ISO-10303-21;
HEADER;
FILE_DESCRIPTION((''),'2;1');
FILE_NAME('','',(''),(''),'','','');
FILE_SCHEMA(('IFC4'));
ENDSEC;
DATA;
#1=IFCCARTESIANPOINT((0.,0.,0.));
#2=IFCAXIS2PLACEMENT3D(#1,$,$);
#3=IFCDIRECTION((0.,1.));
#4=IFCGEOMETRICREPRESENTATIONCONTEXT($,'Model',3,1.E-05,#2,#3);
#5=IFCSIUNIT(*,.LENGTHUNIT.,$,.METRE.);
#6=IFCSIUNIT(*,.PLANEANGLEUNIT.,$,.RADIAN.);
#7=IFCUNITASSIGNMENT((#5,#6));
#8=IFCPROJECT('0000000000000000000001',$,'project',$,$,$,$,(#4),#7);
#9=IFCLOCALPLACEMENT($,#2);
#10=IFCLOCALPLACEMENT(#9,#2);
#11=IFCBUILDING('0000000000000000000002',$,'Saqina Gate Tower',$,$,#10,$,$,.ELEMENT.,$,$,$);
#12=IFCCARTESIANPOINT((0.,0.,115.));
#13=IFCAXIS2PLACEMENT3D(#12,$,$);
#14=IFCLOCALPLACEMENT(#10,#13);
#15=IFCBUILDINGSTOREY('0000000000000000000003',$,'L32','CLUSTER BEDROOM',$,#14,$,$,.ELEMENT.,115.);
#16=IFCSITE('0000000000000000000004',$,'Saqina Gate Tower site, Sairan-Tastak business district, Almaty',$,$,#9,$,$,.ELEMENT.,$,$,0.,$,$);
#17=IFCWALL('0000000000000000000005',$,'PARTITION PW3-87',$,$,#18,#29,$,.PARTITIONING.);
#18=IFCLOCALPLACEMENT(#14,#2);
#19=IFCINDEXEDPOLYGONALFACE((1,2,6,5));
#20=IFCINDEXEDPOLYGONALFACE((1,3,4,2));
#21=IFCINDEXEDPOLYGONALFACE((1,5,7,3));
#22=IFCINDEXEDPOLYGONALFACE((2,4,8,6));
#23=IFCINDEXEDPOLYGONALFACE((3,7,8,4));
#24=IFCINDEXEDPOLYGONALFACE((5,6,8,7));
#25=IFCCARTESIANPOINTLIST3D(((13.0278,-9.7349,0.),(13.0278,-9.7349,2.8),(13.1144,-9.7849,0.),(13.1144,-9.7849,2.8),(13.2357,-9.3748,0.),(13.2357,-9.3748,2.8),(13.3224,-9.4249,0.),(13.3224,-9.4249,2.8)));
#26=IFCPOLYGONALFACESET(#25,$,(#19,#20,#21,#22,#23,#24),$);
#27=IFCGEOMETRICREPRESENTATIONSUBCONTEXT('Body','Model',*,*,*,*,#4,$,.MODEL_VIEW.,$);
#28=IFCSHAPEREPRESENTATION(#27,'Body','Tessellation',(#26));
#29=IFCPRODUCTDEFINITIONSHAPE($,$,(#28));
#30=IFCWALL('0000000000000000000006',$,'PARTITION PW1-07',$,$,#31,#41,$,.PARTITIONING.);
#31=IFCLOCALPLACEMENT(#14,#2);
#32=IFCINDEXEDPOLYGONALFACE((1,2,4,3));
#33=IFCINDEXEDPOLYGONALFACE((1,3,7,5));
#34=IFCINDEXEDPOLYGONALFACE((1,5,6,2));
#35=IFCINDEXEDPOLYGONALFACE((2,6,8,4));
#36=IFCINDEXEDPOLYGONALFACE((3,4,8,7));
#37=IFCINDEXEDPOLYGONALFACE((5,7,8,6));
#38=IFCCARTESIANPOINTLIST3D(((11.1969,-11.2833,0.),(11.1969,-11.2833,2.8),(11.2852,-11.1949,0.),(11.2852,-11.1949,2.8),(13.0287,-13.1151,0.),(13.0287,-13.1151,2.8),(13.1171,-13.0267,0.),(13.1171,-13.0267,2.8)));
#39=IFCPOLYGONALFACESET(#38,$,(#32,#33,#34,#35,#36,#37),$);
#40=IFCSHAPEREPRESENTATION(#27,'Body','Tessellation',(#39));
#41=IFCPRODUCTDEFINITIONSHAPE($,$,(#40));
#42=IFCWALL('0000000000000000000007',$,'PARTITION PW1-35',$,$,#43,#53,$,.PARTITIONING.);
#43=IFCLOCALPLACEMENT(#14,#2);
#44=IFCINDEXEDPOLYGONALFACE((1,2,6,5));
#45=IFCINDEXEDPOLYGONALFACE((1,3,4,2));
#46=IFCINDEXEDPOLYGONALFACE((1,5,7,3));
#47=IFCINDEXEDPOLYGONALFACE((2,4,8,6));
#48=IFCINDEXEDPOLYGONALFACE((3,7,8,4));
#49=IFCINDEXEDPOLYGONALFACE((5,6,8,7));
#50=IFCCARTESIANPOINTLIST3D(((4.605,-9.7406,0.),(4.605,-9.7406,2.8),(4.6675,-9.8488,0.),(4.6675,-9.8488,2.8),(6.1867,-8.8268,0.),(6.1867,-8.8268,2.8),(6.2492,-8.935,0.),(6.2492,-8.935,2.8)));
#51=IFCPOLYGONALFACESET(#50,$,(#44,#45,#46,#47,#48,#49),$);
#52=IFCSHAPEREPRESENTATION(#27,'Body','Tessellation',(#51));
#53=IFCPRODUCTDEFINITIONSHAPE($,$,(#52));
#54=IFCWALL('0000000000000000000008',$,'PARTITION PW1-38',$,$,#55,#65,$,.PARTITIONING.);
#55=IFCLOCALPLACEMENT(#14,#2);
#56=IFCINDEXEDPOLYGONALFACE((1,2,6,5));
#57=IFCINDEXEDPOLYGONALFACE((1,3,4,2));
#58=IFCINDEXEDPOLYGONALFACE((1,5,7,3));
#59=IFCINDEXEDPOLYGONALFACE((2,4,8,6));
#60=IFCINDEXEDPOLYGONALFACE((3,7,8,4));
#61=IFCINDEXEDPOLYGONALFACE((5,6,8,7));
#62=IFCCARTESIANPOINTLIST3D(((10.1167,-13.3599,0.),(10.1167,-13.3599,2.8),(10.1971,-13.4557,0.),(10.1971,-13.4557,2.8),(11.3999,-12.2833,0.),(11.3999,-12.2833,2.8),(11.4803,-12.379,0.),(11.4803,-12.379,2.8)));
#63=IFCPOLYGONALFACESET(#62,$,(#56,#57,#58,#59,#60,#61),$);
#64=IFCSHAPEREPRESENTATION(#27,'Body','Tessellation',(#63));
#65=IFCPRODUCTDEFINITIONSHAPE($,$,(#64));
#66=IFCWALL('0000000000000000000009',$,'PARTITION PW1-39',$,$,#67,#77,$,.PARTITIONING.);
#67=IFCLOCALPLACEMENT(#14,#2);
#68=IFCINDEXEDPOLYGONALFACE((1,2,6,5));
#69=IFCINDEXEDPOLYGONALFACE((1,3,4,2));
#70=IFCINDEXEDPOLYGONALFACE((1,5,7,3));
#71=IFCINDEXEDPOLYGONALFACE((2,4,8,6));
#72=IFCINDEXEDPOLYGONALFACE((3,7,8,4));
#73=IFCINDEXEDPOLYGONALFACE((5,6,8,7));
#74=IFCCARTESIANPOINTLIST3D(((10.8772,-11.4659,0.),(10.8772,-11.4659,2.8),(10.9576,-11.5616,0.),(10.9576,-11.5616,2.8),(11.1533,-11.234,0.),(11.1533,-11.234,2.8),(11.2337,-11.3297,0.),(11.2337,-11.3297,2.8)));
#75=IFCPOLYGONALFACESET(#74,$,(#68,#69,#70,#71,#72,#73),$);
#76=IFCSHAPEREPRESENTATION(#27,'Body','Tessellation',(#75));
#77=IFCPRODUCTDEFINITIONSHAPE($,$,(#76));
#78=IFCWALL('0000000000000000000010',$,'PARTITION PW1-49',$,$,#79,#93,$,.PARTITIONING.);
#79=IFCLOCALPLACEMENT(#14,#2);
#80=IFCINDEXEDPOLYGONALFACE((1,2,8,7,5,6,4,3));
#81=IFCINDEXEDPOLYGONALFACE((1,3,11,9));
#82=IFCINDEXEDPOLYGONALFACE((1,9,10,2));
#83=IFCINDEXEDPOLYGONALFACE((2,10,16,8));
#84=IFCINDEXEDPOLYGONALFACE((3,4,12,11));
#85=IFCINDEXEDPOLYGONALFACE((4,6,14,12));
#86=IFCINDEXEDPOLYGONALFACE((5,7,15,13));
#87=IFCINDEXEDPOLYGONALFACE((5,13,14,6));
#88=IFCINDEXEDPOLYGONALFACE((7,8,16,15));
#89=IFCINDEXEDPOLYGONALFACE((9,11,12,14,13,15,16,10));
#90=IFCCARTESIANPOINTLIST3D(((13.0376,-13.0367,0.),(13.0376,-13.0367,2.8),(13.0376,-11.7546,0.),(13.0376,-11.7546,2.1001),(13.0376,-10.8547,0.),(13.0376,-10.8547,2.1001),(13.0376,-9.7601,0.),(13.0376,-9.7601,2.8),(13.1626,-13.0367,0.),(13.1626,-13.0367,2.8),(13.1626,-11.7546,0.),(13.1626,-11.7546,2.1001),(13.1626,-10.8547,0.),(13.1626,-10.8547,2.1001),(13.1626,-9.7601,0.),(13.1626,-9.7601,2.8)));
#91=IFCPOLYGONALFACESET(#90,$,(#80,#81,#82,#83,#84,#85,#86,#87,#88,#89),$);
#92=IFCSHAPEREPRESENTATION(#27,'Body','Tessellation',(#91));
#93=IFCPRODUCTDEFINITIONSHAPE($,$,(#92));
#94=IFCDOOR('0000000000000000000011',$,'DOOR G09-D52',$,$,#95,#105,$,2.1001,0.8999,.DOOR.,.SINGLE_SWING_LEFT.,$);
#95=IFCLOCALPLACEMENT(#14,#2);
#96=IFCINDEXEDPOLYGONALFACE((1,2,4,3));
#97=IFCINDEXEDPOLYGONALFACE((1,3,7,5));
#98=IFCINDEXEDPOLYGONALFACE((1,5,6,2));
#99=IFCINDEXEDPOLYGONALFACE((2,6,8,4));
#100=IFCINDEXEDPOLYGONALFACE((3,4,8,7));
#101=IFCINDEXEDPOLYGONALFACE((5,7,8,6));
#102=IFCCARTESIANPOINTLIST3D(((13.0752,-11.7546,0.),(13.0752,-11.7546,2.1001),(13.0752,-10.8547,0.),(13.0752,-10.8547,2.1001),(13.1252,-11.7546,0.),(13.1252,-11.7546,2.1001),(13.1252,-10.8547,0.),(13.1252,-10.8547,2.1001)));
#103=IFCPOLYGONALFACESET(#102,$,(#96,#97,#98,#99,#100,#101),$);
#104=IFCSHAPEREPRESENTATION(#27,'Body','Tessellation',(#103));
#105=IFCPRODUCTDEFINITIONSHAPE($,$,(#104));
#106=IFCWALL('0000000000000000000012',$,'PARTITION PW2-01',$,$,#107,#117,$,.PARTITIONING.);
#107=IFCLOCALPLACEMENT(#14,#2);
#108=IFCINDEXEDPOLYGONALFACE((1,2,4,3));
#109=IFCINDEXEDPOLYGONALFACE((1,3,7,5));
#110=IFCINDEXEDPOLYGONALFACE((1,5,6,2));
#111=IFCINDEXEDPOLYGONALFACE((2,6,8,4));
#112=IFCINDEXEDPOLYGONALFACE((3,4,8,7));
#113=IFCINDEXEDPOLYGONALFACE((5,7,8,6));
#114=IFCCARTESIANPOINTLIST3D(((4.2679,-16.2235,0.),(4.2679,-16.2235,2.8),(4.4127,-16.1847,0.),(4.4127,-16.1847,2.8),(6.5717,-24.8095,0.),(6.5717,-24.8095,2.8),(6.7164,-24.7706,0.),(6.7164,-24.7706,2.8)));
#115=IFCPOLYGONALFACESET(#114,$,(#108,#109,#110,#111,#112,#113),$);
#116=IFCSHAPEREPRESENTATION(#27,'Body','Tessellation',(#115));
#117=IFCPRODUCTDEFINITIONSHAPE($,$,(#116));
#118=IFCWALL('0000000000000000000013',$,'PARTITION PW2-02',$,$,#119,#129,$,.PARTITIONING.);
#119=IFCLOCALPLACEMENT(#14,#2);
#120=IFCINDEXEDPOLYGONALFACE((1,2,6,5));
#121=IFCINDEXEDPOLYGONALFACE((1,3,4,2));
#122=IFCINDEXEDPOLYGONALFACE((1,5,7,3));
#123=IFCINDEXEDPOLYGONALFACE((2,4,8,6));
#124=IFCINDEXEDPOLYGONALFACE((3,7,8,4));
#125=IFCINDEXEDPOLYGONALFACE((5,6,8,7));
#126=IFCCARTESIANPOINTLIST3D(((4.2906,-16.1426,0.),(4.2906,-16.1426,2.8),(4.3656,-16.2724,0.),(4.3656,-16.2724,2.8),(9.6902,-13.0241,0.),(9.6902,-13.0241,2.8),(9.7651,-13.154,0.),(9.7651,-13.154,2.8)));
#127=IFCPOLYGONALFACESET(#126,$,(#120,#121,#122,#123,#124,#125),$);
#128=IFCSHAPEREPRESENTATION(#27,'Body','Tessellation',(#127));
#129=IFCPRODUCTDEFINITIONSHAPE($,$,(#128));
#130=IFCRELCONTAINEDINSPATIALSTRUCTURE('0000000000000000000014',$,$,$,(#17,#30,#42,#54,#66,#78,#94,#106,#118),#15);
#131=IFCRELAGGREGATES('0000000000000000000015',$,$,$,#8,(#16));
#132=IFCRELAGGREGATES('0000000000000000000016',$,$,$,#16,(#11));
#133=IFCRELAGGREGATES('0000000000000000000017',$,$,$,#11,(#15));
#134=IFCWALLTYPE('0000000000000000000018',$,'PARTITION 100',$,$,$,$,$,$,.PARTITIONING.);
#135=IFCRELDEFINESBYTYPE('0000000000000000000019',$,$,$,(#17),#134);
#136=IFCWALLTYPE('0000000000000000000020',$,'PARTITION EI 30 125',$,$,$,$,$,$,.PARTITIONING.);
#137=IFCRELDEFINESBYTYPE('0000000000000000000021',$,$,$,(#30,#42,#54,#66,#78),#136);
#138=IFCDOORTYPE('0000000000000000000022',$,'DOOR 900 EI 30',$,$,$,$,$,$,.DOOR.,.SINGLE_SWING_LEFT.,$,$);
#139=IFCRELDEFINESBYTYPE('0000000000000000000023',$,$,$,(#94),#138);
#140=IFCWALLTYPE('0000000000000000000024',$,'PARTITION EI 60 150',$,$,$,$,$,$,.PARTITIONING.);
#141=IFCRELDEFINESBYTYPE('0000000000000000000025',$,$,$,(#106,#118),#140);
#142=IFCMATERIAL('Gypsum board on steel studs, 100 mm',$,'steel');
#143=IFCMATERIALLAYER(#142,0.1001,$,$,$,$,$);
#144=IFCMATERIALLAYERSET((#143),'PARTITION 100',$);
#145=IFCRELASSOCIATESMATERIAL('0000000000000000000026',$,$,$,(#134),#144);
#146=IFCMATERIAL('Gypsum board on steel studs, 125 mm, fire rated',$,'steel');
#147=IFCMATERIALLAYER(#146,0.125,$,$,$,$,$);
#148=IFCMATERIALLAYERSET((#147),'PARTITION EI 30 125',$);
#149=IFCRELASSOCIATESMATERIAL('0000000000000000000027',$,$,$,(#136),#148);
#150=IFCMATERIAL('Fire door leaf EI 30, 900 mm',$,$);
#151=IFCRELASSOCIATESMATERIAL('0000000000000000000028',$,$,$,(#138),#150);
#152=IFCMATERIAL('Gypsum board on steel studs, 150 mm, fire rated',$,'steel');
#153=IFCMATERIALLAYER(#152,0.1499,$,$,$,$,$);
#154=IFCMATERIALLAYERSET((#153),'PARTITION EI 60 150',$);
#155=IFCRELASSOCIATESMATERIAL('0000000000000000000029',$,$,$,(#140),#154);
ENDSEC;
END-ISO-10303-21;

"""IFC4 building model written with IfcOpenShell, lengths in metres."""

from ifc_helpers import new_model, si_unit, direction, frame, frame_2d, origin, place, context, subcontext, project, spatial, rectangle, extrude, material, layer, layer_set, type_object, element, fill, save


model = new_model("IFC4")

# Units and contexts
model_context = context("Model", 3, precision=1e-05, world=origin(), true_north=direction((0.0, 1.0)))
body_context = subcontext(model_context, "Body", "Model", "MODEL_VIEW")
ifc_project = project(units=[si_unit("LENGTHUNIT", "METRE"), si_unit("PLANEANGLEUNIT", "RADIAN")], contexts=[model_context])

# Site, building, storey
site_placement = place(None, origin())
site = spatial("IfcSite", under=ifc_project, at=site_placement, Name="Saqina Gate Tower site, Sairan-Tastak business district, Almaty", CompositionType="ELEMENT", RefElevation=0.0)
building_placement = place(site_placement, origin())
building = spatial("IfcBuilding", under=site, at=building_placement, Name="Saqina Gate Tower", CompositionType="ELEMENT")
storey_placement = place(building_placement, frame((0.0, 0.0, 115.0)))
storey = spatial("IfcBuildingStorey", under=building, at=storey_placement, Name="L32", Description="CLUSTER BEDROOM", CompositionType="ELEMENT", Elevation=115.0)

# Shared definitions
ifc_material_1 = material(Name="Gypsum board on steel studs, 100 mm", Category="steel")
ifc_layer_1 = layer(ifc_material_1, 0.1001)
ifc_layer_set_1 = layer_set([ifc_layer_1], Name="PARTITION 100")
wall_type_1 = type_object("IfcWallType", Name="PARTITION 100", PredefinedType="PARTITIONING", material=ifc_layer_set_1)

# Walls
wall_1_placement = place(storey_placement, frame((13.071, -9.76, 0.0), z_axis=(0.0, 0.0, 1.0), x_axis=(0.50018, 0.865922, 0.0)))
element("IfcWall", 1, at=wall_1_placement, inside=storey, type_object=wall_type_1, Name="PARTITION PW3-87", PredefinedType="PARTITIONING", context=body_context, shape_type="SweptSolid", body=[
    extrude(rectangle(XDim=0.4158, YDim=0.1001, at=frame_2d((0.208, 0.0))), origin(), (0.0, 0.0, 1.0), 2.8),
])
ifc_material_2 = material(Name="Gypsum board on steel studs, 125 mm, fire rated", Category="steel")
ifc_layer_2 = layer(ifc_material_2, 0.125)
ifc_layer_set_2 = layer_set([ifc_layer_2], Name="PARTITION EI 30 125")
wall_type_2 = type_object("IfcWallType", Name="PARTITION EI 30 125", PredefinedType="PARTITIONING", material=ifc_layer_set_2)
wall_2_placement = place(storey_placement, frame((11.241, -11.239, 0.0), z_axis=(0.0, 0.0, 1.0), x_axis=(0.707107, -0.707107, 0.0)))
element("IfcWall", 2, at=wall_2_placement, inside=storey, type_object=wall_type_2, Name="PARTITION PW1-07", PredefinedType="PARTITIONING", context=body_context, shape_type="SweptSolid", body=[
    extrude(rectangle(XDim=2.5906, YDim=0.125, at=frame_2d((1.2954, 0.0))), origin(), (0.0, 0.0, 1.0), 2.8),
])
wall_3_placement = place(storey_placement, frame((4.6362, -9.7947, 0.0), z_axis=(0.0, 0.0, 1.0), x_axis=(0.86589, 0.500235, 0.0)))
element("IfcWall", 3, at=wall_3_placement, inside=storey, type_object=wall_type_2, Name="PARTITION PW1-35", PredefinedType="PARTITIONING", context=body_context, shape_type="SweptSolid", body=[
    extrude(rectangle(XDim=1.8267, YDim=0.125, at=frame_2d((0.9133, 0.0))), origin(), (0.0, 0.0, 1.0), 2.8),
])
wall_4_placement = place(storey_placement, frame((10.157, -13.4077, 0.0), z_axis=(0.0, 0.0, 1.0), x_axis=(0.766067, 0.642761, 0.0)))
element("IfcWall", 4, at=wall_4_placement, inside=storey, type_object=wall_type_2, Name="PARTITION PW1-38", PredefinedType="PARTITIONING", context=body_context, shape_type="SweptSolid", body=[
    extrude(rectangle(XDim=1.675, YDim=0.125, at=frame_2d((0.8374, 0.0))), origin(), (0.0, 0.0, 1.0), 2.8),
])
wall_5_placement = place(storey_placement, frame((10.9175, -11.5137, 0.0), z_axis=(0.0, 0.0, 1.0), x_axis=(0.765718, 0.643176, 0.0)))
element("IfcWall", 5, at=wall_5_placement, inside=storey, type_object=wall_type_2, Name="PARTITION PW1-39", PredefinedType="PARTITIONING", context=body_context, shape_type="SweptSolid", body=[
    extrude(rectangle(XDim=0.3606, YDim=0.125, at=frame_2d((0.1802, 0.0))), origin(), (0.0, 0.0, 1.0), 2.8),
])

# Wall, opening, door
wall_6_placement = place(storey_placement, frame((13.1001, -13.0366, 0.0), z_axis=(0.0, 0.0, 1.0), x_axis=(0.0, 1.0, 0.0)))
wall_6 = element("IfcWall", 6, at=wall_6_placement, inside=storey, type_object=wall_type_2, Name="PARTITION PW1-49", PredefinedType="PARTITIONING", context=body_context, shape_type="SweptSolid", body=[
    extrude(rectangle(XDim=3.2766, YDim=0.125, at=frame_2d((1.6382, 0.0))), origin(), (0.0, 0.0, 1.0), 2.8),
])
opening_1_placement = place(wall_6_placement, frame((1.282, 0.0, 0.0)))
opening_1 = element("IfcOpeningElement", 7, at=opening_1_placement, cuts=wall_6, PredefinedType="OPENING", context=body_context, shape_type="SweptSolid", body=[
    extrude(rectangle(XDim=0.8999, YDim=2.1001, at=frame_2d((0.45, 1.05))), frame((0.0, 0.0745, 0.0), z_axis=(0.0, -1.0, 0.0), x_axis=(1.0, 0.0, 0.0)), (0.0, 0.0, 1.0), 0.1489),
])
ifc_material_3 = material(Name="Fire door leaf EI 30, 900 mm")
door_type_1 = type_object("IfcDoorType", Name="DOOR 900 EI 30", OperationType="SINGLE_SWING_LEFT", PredefinedType="DOOR", material=ifc_material_3)
door_1_placement = place(opening_1_placement, origin())
door_1 = element("IfcDoor", 8, at=door_1_placement, inside=storey, type_object=door_type_1, Name="DOOR G09-D52", OperationType="SINGLE_SWING_LEFT", OverallHeight=2.1001, OverallWidth=0.8999, PredefinedType="DOOR", context=body_context, shape_type="SweptSolid", body=[
    extrude(rectangle(XDim=0.8999, YDim=2.1001, at=frame_2d((0.45, 1.05))), frame((0.0, 0.0249, 0.0), z_axis=(0.0, -1.0, 0.0), x_axis=(1.0, 0.0, 0.0)), (0.0, 0.0, 1.0), 0.05),
])
fill(opening_1, door_1)

# Walls
ifc_material_4 = material(Name="Gypsum board on steel studs, 150 mm, fire rated", Category="steel")
ifc_layer_3 = layer(ifc_material_4, 0.1499)
ifc_layer_set_3 = layer_set([ifc_layer_3], Name="PARTITION EI 60 150")
wall_type_3 = type_object("IfcWallType", Name="PARTITION EI 60 150", PredefinedType="PARTITIONING", material=ifc_layer_set_3)
wall_7_placement = place(storey_placement, frame((4.3403, -16.2041, 0.0), z_axis=(0.0, 0.0, 1.0), x_axis=(0.259146, -0.965838, 0.0)))
element("IfcWall", 9, at=wall_7_placement, inside=storey, type_object=wall_type_3, Name="PARTITION PW2-01", PredefinedType="PARTITIONING", context=body_context, shape_type="SweptSolid", body=[
    extrude(rectangle(XDim=8.8896, YDim=0.1499, at=frame_2d((4.4448, 0.0))), origin(), (0.0, 0.0, 1.0), 2.8),
])
wall_8_placement = place(storey_placement, frame((4.3281, -16.2075, 0.0), z_axis=(0.0, 0.0, 1.0), x_axis=(0.865952, 0.500127, 0.0)))
element("IfcWall", 10, at=wall_8_placement, inside=storey, type_object=wall_type_3, Name="PARTITION PW2-02", PredefinedType="PARTITIONING", context=body_context, shape_type="SweptSolid", body=[
    extrude(rectangle(XDim=6.2354, YDim=0.1499, at=frame_2d((3.1177, 0.0))), origin(), (0.0, 0.0, 1.0), 2.8),
])

save(model, "model.ifc")
